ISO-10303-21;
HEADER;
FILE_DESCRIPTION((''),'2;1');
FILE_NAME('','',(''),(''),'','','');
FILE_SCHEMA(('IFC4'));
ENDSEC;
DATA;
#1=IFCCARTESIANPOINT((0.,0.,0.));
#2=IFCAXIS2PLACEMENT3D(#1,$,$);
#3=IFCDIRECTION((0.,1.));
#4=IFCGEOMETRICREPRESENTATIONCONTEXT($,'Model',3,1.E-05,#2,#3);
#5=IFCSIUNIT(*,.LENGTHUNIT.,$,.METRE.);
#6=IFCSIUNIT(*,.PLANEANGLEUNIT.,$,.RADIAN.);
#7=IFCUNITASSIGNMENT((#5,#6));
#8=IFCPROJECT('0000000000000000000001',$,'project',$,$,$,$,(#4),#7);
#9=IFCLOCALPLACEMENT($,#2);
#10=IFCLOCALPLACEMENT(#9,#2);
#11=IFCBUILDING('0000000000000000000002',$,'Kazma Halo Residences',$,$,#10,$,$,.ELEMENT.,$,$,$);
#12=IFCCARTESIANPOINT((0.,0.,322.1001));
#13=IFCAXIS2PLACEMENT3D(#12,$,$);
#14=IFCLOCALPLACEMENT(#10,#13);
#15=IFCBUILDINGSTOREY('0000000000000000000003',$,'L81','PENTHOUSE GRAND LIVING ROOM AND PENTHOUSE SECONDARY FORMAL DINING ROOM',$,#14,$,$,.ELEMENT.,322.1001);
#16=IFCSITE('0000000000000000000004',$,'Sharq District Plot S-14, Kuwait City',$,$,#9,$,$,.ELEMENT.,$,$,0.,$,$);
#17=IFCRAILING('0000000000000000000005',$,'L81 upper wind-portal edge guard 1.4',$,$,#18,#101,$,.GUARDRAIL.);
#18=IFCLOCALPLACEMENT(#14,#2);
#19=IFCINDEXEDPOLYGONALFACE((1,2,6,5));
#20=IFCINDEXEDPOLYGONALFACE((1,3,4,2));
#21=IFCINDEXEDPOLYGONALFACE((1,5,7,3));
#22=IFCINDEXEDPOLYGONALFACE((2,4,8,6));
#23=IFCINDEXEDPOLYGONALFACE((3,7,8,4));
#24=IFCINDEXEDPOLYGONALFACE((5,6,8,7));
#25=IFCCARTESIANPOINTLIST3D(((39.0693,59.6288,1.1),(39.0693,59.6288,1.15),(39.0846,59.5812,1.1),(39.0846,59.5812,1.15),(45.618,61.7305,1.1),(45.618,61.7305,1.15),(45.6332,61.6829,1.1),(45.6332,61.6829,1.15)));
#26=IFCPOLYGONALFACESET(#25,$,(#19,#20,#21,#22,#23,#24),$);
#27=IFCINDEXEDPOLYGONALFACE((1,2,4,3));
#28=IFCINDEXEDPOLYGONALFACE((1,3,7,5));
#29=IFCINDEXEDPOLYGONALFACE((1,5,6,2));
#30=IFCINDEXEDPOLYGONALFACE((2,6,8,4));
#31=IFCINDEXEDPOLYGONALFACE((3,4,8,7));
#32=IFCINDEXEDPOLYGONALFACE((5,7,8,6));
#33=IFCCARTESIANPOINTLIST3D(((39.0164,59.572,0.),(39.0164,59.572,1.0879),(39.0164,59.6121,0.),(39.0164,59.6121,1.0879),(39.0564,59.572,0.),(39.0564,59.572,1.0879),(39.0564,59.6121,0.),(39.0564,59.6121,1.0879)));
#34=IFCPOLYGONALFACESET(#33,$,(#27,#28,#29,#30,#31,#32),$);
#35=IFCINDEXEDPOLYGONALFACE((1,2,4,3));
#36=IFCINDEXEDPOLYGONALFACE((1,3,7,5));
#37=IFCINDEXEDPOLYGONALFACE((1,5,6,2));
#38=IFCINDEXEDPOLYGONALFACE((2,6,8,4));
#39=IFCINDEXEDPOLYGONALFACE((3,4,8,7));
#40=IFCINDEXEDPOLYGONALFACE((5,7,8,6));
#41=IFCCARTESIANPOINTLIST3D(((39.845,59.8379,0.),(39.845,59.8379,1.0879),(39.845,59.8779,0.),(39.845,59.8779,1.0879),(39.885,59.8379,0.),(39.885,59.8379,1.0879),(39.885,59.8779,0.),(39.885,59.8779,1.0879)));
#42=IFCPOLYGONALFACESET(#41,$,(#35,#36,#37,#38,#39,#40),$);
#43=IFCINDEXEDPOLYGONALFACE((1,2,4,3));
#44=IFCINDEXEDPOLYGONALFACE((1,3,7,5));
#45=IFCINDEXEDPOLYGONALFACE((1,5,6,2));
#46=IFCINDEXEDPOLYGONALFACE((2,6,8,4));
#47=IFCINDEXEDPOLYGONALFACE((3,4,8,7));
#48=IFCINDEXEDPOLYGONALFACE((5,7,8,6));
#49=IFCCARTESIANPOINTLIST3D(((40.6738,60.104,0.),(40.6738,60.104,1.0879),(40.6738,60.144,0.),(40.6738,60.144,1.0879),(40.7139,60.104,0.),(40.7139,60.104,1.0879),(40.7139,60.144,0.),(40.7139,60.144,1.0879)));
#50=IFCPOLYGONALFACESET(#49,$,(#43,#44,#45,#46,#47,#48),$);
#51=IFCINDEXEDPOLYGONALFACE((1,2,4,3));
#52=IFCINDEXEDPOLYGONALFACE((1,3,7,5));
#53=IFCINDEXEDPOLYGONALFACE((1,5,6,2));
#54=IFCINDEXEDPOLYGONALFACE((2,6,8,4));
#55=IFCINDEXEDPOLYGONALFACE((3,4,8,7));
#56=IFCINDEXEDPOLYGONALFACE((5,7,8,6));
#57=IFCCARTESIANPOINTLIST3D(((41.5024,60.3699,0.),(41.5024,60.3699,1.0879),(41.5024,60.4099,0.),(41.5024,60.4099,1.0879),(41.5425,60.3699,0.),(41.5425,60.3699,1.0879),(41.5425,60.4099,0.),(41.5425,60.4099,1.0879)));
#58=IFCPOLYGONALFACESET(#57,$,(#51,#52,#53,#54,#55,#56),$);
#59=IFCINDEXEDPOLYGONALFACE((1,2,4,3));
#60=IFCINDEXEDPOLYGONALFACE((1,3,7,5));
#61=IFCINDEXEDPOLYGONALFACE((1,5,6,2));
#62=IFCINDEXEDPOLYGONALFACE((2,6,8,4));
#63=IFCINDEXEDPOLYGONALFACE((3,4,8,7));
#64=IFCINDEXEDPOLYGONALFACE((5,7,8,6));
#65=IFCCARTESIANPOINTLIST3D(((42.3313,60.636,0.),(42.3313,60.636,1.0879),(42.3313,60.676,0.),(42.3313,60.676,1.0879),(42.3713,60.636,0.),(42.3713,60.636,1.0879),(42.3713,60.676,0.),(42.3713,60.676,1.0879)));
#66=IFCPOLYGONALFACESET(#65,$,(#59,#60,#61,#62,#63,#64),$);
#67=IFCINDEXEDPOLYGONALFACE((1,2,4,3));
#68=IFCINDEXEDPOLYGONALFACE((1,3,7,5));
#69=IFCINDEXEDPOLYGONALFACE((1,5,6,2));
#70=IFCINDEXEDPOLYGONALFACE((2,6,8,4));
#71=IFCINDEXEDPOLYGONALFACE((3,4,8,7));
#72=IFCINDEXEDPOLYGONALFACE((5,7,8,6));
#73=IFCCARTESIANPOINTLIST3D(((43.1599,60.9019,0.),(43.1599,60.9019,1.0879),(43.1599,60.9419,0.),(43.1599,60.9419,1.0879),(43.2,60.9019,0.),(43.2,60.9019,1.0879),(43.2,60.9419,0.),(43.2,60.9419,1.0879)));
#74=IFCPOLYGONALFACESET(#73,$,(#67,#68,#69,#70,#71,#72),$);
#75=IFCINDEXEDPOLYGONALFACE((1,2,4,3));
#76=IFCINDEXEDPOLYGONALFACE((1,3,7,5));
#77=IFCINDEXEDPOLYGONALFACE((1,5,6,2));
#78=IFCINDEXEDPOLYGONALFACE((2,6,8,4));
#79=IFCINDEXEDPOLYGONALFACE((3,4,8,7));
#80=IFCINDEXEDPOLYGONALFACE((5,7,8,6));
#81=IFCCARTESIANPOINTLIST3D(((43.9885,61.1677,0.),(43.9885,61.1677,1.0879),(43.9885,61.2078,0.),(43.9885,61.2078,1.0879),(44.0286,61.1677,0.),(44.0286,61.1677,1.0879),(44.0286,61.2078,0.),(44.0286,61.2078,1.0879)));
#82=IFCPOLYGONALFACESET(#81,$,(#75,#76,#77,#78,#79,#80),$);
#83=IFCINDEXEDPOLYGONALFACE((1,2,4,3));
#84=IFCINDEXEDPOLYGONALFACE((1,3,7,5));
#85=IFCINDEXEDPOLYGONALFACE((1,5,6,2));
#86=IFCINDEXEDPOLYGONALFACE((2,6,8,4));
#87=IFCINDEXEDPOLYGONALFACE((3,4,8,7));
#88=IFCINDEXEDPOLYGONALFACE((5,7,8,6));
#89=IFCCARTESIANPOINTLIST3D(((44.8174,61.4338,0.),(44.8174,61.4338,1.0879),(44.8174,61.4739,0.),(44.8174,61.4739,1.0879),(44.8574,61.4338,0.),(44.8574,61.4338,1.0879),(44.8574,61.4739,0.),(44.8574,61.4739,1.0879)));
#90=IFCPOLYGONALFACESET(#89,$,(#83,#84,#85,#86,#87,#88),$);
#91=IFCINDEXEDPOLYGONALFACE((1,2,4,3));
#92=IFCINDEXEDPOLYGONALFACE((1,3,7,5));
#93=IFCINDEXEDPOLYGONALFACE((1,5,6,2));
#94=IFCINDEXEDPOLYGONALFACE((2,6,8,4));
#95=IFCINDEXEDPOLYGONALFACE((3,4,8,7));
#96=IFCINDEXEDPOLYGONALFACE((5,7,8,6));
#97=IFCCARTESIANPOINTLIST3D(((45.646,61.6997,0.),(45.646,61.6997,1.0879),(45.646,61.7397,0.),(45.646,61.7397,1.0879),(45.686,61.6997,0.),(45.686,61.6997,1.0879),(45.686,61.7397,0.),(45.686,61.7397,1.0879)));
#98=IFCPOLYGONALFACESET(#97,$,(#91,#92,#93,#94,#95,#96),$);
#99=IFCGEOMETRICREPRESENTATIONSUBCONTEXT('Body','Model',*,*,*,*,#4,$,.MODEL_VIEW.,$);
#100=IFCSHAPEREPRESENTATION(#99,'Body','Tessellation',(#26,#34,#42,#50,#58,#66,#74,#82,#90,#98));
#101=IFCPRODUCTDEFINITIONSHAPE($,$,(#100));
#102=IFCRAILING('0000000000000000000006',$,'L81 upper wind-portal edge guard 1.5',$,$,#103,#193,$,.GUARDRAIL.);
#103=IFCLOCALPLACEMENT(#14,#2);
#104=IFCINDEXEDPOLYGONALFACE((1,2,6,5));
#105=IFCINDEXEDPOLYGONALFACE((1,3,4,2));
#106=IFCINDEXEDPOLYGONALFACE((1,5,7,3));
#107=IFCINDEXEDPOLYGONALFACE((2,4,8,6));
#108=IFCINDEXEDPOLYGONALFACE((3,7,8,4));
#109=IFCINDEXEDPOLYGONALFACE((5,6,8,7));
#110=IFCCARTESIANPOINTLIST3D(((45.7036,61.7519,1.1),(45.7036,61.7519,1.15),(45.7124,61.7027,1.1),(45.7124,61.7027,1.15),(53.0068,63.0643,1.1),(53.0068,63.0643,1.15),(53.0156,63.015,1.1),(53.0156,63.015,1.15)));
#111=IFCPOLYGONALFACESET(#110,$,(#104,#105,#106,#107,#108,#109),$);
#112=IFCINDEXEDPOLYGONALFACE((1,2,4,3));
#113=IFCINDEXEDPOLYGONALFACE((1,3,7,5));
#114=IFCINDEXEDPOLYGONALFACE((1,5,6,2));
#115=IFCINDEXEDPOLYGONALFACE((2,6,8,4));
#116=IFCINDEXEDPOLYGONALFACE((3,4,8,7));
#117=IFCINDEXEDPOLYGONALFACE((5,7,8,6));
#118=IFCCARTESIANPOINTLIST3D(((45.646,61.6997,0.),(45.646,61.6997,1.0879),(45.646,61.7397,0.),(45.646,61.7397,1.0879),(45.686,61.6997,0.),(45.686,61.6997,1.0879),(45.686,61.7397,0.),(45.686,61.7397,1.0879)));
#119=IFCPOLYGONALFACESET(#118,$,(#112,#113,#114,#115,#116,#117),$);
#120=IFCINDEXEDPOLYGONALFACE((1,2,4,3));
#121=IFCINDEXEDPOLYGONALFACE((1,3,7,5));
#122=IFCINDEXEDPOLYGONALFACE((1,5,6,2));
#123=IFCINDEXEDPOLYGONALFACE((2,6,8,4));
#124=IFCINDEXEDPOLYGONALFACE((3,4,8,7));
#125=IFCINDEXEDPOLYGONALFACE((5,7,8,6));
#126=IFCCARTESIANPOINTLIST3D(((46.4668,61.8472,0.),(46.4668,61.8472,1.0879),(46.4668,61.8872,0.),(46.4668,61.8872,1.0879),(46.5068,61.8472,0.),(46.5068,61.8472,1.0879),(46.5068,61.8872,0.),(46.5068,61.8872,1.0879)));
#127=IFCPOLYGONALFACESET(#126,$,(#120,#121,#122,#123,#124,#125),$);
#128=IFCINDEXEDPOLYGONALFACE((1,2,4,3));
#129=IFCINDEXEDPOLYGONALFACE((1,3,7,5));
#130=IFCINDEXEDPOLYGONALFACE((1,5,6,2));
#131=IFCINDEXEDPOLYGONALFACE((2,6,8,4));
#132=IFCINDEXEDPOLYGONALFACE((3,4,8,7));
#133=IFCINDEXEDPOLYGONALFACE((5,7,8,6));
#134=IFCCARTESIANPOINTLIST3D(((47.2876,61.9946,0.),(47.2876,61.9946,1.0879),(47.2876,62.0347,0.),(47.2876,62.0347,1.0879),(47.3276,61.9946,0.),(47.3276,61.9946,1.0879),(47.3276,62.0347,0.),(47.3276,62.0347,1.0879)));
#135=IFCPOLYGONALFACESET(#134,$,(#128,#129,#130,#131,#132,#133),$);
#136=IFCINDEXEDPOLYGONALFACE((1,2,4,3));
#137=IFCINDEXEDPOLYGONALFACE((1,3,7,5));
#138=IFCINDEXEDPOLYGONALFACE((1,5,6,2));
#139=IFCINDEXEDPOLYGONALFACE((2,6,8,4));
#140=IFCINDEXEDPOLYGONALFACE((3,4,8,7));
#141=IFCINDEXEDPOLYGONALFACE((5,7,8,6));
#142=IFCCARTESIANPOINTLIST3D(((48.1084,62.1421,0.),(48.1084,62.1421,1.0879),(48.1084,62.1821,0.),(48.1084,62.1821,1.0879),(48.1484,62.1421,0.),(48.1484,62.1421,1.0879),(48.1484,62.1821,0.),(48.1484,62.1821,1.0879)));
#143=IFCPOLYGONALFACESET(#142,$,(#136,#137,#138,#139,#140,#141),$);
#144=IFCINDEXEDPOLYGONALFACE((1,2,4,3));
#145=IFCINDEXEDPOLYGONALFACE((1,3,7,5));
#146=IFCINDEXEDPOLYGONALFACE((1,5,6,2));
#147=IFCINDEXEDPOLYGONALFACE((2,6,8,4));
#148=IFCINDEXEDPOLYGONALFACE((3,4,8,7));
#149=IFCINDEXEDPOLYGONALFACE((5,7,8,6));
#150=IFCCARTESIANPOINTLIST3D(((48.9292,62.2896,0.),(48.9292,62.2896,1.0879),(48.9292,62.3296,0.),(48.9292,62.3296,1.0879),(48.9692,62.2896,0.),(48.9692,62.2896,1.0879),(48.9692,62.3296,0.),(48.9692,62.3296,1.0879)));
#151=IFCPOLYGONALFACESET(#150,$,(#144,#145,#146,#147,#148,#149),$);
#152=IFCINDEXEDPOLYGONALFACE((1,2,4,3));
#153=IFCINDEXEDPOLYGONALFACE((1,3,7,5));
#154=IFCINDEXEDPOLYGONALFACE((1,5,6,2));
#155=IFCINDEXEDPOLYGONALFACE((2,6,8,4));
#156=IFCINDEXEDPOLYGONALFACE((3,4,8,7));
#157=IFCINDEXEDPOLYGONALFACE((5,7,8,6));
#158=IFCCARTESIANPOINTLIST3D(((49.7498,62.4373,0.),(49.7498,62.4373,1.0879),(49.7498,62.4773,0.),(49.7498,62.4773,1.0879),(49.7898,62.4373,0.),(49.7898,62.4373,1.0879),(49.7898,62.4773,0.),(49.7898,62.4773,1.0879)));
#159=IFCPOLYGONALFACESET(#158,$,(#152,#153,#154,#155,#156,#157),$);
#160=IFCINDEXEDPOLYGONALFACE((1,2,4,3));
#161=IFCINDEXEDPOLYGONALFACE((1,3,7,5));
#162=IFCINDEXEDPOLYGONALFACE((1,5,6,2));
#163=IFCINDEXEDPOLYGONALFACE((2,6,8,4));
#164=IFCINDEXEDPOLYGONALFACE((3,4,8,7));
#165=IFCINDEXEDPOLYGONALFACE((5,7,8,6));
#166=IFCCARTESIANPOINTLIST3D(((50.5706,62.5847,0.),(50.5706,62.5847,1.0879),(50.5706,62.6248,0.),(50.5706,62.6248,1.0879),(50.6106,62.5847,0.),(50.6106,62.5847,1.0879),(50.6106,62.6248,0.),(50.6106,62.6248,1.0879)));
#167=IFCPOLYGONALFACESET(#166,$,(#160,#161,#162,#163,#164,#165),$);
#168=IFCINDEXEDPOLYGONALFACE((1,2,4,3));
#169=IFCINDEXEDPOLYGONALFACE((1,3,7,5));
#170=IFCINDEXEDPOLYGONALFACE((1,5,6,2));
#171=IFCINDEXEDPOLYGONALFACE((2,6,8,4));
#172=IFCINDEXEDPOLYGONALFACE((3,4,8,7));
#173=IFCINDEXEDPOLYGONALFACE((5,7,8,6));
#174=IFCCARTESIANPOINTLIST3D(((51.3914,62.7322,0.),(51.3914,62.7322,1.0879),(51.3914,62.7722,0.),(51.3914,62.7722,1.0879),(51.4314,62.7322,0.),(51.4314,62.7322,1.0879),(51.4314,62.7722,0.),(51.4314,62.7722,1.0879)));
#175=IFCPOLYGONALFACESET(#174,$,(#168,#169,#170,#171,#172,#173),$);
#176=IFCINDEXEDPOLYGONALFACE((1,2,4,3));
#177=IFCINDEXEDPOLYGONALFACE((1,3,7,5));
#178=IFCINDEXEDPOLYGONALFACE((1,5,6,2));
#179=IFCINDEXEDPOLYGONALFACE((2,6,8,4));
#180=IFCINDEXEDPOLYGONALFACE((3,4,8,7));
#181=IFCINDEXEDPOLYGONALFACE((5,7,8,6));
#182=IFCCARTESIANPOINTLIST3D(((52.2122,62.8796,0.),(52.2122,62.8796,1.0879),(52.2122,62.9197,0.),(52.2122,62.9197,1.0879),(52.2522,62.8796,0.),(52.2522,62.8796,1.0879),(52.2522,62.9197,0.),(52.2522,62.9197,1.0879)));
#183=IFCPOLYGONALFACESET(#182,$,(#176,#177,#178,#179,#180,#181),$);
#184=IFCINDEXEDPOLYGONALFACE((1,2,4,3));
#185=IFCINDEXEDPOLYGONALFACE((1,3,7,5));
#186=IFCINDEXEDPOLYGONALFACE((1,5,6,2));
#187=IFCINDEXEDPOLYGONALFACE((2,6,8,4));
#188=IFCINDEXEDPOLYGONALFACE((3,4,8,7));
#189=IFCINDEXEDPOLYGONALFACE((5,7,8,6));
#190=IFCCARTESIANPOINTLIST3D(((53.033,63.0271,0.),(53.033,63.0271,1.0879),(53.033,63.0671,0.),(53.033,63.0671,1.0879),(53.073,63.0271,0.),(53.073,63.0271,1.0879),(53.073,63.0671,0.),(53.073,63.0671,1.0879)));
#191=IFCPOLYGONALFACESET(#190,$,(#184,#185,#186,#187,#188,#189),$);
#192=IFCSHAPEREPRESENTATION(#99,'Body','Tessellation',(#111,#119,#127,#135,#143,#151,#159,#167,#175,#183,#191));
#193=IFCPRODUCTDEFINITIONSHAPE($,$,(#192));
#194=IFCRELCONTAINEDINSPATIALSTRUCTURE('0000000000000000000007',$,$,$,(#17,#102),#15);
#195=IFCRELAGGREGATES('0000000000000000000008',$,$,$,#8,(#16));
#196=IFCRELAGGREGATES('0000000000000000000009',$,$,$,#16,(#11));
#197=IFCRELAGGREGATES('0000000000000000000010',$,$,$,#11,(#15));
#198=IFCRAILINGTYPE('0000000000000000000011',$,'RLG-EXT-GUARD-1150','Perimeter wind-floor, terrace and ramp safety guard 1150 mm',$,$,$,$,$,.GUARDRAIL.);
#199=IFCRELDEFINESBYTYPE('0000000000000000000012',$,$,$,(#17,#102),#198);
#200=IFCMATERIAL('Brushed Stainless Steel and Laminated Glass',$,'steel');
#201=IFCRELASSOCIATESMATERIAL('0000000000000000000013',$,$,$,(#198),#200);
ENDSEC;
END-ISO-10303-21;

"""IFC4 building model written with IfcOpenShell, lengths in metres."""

from ifc_helpers import new_model, si_unit, direction, frame, origin, origin_2d, place, context, subcontext, project, spatial, rectangle, extrude, material, type_object, element, save


model = new_model("IFC4")

# Units and contexts
model_context = context("Model", 3, precision=1e-05, world=origin(), true_north=direction((0.0, 1.0)))
body_context = subcontext(model_context, "Body", "Model", "MODEL_VIEW")
ifc_project = project(units=[si_unit("LENGTHUNIT", "METRE"), si_unit("PLANEANGLEUNIT", "RADIAN")], contexts=[model_context])

# Site, building, storey
site_placement = place(None, origin())
site = spatial("IfcSite", under=ifc_project, at=site_placement, Name="Sharq District Plot S-14, Kuwait City", CompositionType="ELEMENT", RefElevation=0.0)
building_placement = place(site_placement, origin())
building = spatial("IfcBuilding", under=site, at=building_placement, Name="Kazma Halo Residences", CompositionType="ELEMENT")
storey_placement = place(building_placement, frame((0.0, 0.0, 322.1001)))
storey = spatial("IfcBuildingStorey", under=building, at=storey_placement, Name="L81", Description="PENTHOUSE GRAND LIVING ROOM AND PENTHOUSE SECONDARY FORMAL DINING ROOM", CompositionType="ELEMENT", Elevation=322.1001)

# Railings
ifc_material_1 = material(Name="Brushed Stainless Steel and Laminated Glass", Category="steel")
railing_type = type_object("IfcRailingType", Name="RLG-EXT-GUARD-1150", Description="Perimeter wind-floor, terrace and ramp safety guard 1150 mm", PredefinedType="GUARDRAIL", material=ifc_material_1)
railing_1_placement = place(storey_placement, frame((39.0364, 59.592, 0.0)))
element("IfcRailing", 1, at=railing_1_placement, inside=storey, type_object=railing_type, Name="L81 upper wind-portal edge guard 1.4", PredefinedType="GUARDRAIL", context=body_context, shape_type="SweptSolid", body=[
    extrude(rectangle(XDim=0.05, YDim=0.05, at=origin_2d()), frame((0.0405, 0.0129, 1.125), z_axis=(0.952165, 0.305584, 0.0), x_axis=(-0.305584, 0.952165, 0.0)), (0.0, 0.0, 1.0), 6.8777),
    extrude(rectangle(XDim=0.04, YDim=0.04, at=origin_2d()), origin(), (0.0, 0.0, 1.0), 1.0879),
    extrude(rectangle(XDim=0.04, YDim=0.04, at=origin_2d()), frame((0.8286, 0.2659, 0.0)), (0.0, 0.0, 1.0), 1.0879),
    extrude(rectangle(XDim=0.04, YDim=0.04, at=origin_2d()), frame((1.6575, 0.532, 0.0)), (0.0, 0.0, 1.0), 1.0879),
    extrude(rectangle(XDim=0.04, YDim=0.04, at=origin_2d()), frame((2.4861, 0.7979, 0.0)), (0.0, 0.0, 1.0), 1.0879),
    extrude(rectangle(XDim=0.04, YDim=0.04, at=origin_2d()), frame((3.3149, 1.064, 0.0)), (0.0, 0.0, 1.0), 1.0879),
    extrude(rectangle(XDim=0.04, YDim=0.04, at=origin_2d()), frame((4.1436, 1.3298, 0.0)), (0.0, 0.0, 1.0), 1.0879),
    extrude(rectangle(XDim=0.04, YDim=0.04, at=origin_2d()), frame((4.9722, 1.5957, 0.0)), (0.0, 0.0, 1.0), 1.0879),
    extrude(rectangle(XDim=0.04, YDim=0.04, at=origin_2d()), frame((5.801, 1.8618, 0.0)), (0.0, 0.0, 1.0), 1.0879),
    extrude(rectangle(XDim=0.04, YDim=0.04, at=origin_2d()), frame((6.6296, 2.1277, 0.0)), (0.0, 0.0, 1.0), 1.0879),
])
railing_2_placement = place(storey_placement, frame((45.666, 61.7197, 0.0)))
element("IfcRailing", 2, at=railing_2_placement, inside=storey, type_object=railing_type, Name="L81 upper wind-portal edge guard 1.5", PredefinedType="GUARDRAIL", context=body_context, shape_type="SweptSolid", body=[
    extrude(rectangle(XDim=0.05, YDim=0.05, at=origin_2d()), frame((0.042, 0.0076, 1.125), z_axis=(0.984236, 0.176861, 0.0), x_axis=(-0.176861, 0.984236, 0.0)), (0.0, 0.0, 1.0), 7.4202),
    extrude(rectangle(XDim=0.04, YDim=0.04, at=origin_2d()), origin(), (0.0, 0.0, 1.0), 1.0879),
    extrude(rectangle(XDim=0.04, YDim=0.04, at=origin_2d()), frame((0.8208, 0.1475, 0.0)), (0.0, 0.0, 1.0), 1.0879),
    extrude(rectangle(XDim=0.04, YDim=0.04, at=origin_2d()), frame((1.6416, 0.2949, 0.0)), (0.0, 0.0, 1.0), 1.0879),
    extrude(rectangle(XDim=0.04, YDim=0.04, at=origin_2d()), frame((2.4624, 0.4424, 0.0)), (0.0, 0.0, 1.0), 1.0879),
    extrude(rectangle(XDim=0.04, YDim=0.04, at=origin_2d()), frame((3.2832, 0.5898, 0.0)), (0.0, 0.0, 1.0), 1.0879),
    extrude(rectangle(XDim=0.04, YDim=0.04, at=origin_2d()), frame((4.1038, 0.7375, 0.0)), (0.0, 0.0, 1.0), 1.0879),
    extrude(rectangle(XDim=0.04, YDim=0.04, at=origin_2d()), frame((4.9246, 0.885, 0.0)), (0.0, 0.0, 1.0), 1.0879),
    extrude(rectangle(XDim=0.04, YDim=0.04, at=origin_2d()), frame((5.7454, 1.0325, 0.0)), (0.0, 0.0, 1.0), 1.0879),
    extrude(rectangle(XDim=0.04, YDim=0.04, at=origin_2d()), frame((6.5662, 1.1799, 0.0)), (0.0, 0.0, 1.0), 1.0879),
    extrude(rectangle(XDim=0.04, YDim=0.04, at=origin_2d()), frame((7.387, 1.3274, 0.0)), (0.0, 0.0, 1.0), 1.0879),
])

save(model, "model.ifc")
